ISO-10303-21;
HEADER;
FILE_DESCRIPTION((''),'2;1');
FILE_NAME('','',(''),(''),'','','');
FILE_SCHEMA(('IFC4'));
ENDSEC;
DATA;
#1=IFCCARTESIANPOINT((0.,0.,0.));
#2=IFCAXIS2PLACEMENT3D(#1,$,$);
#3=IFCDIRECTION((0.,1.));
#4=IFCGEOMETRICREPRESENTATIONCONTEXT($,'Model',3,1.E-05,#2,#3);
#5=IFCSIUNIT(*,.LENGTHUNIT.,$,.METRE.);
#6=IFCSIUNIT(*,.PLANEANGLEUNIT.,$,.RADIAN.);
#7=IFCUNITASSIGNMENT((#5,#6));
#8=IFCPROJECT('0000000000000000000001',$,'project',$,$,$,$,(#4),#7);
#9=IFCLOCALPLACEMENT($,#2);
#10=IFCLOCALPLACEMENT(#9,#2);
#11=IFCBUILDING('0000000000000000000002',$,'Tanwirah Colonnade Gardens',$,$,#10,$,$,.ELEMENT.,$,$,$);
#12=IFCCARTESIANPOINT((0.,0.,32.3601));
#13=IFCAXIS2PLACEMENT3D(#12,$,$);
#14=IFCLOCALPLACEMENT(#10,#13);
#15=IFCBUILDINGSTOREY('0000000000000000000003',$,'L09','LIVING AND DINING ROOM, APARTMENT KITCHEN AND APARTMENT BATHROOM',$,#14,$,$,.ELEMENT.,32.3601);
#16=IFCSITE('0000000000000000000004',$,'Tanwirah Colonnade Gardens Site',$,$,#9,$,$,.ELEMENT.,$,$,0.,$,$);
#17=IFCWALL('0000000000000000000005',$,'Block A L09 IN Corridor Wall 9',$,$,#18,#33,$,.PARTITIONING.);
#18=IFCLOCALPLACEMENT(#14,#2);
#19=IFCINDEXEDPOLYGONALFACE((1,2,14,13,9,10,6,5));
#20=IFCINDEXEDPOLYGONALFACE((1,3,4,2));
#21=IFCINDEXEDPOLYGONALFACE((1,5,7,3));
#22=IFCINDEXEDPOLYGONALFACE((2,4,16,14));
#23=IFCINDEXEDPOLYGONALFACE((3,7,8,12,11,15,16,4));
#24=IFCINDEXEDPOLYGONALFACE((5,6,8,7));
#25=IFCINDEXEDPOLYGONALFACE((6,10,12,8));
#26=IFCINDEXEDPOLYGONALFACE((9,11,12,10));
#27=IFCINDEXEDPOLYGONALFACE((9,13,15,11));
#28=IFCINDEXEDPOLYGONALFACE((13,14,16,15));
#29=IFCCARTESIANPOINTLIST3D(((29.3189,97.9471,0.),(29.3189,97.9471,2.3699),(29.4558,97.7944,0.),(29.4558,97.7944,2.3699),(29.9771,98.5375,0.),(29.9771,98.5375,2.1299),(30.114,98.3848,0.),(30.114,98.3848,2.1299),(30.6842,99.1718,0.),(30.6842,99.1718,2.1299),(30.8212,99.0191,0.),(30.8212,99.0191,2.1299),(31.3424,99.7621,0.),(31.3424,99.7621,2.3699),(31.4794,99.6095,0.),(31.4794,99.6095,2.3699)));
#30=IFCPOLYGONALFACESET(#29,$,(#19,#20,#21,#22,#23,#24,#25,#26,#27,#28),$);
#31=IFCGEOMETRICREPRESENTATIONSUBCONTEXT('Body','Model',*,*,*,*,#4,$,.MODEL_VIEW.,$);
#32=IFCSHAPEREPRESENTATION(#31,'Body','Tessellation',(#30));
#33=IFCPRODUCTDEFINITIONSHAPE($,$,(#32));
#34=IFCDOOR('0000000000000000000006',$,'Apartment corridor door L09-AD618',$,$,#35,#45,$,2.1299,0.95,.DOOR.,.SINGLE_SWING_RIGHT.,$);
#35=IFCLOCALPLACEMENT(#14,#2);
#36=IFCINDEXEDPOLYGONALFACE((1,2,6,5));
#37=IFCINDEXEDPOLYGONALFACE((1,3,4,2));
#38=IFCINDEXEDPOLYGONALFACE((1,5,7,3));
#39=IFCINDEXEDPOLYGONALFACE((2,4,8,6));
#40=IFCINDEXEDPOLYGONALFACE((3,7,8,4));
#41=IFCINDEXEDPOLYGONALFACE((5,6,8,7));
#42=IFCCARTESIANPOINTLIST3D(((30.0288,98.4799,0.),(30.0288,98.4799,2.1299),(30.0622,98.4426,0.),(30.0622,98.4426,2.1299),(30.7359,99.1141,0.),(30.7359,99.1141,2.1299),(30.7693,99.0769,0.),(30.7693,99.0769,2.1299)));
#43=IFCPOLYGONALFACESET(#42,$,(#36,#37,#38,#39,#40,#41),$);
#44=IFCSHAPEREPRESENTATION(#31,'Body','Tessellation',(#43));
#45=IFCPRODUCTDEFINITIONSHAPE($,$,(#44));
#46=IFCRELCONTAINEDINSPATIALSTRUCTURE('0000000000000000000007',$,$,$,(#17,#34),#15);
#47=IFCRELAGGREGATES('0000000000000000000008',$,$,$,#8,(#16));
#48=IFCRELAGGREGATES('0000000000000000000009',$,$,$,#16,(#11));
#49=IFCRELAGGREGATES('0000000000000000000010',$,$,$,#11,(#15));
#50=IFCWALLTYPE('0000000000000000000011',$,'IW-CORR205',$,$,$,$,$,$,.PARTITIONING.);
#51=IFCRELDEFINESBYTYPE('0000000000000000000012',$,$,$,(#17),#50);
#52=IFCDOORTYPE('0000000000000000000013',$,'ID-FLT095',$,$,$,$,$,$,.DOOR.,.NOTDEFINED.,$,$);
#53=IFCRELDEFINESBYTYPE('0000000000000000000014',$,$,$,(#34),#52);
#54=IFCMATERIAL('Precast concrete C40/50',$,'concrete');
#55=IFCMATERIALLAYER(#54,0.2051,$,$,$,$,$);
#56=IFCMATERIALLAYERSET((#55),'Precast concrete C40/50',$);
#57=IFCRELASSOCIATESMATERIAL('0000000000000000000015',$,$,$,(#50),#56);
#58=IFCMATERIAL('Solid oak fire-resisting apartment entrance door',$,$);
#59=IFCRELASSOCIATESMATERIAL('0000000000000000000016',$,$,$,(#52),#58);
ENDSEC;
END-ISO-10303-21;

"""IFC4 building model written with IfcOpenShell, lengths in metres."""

from ifc_helpers import new_model, si_unit, direction, frame, frame_2d, origin, place, context, subcontext, project, spatial, rectangle, extrude, material, layer, layer_set, type_object, element, fill, save


model = new_model("IFC4")

# Units and contexts
model_context = context("Model", 3, precision=1e-05, world=origin(), true_north=direction((0.0, 1.0)))
body_context = subcontext(model_context, "Body", "Model", "MODEL_VIEW")
ifc_project = project(units=[si_unit("LENGTHUNIT", "METRE"), si_unit("PLANEANGLEUNIT", "RADIAN")], contexts=[model_context])

# Site, building, storey
site_placement = place(None, origin())
site = spatial("IfcSite", under=ifc_project, at=site_placement, Name="Tanwirah Colonnade Gardens Site", CompositionType="ELEMENT", RefElevation=0.0)
building_placement = place(site_placement, origin())
building = spatial("IfcBuilding", under=site, at=building_placement, Name="Tanwirah Colonnade Gardens", CompositionType="ELEMENT")
storey_placement = place(building_placement, frame((0.0, 0.0, 32.3601)))
storey = spatial("IfcBuildingStorey", under=building, at=storey_placement, Name="L09", Description="LIVING AND DINING ROOM, APARTMENT KITCHEN AND APARTMENT BATHROOM", CompositionType="ELEMENT", Elevation=32.3601)

# Shared definitions
ifc_material_1 = material(Name="Precast concrete C40/50", Category="concrete")

# Wall, opening, door
ifc_layer = layer(ifc_material_1, 0.2051)
ifc_layer_set = layer_set([ifc_layer], Name="Precast concrete C40/50")
wall_type = type_object("IfcWallType", Name="IW-CORR205", PredefinedType="PARTITIONING", material=ifc_layer_set)
wall_1_placement = place(storey_placement, frame((31.4109, 99.6858, 0.0), z_axis=(0.0, 0.0, 1.0), x_axis=(-0.744419, -0.667713, 0.0)))
wall_1 = element("IfcWall", 1, at=wall_1_placement, inside=storey, type_object=wall_type, Name="Block A L09 IN Corridor Wall 9", PredefinedType="PARTITIONING", context=body_context, shape_type="SweptSolid", body=[
    extrude(rectangle(XDim=2.7183, YDim=0.2051, at=frame_2d((1.3591, 0.0))), origin(), (0.0, 0.0, 1.0), 2.3699),
])
opening_1_placement = place(wall_1_placement, frame((0.884, 0.0, 0.0)))
opening_1 = element("IfcOpeningElement", 2, at=opening_1_placement, cuts=wall_1, PredefinedType="OPENING", context=body_context, shape_type="SweptSolid", body=[
    extrude(rectangle(XDim=0.95, YDim=2.1299, at=frame_2d((0.4751, 1.0649))), frame((0.0, 0.1125, 0.0), z_axis=(0.0, -1.0, 0.0), x_axis=(1.0, 0.0, 0.0)), (0.0, 0.0, 1.0), 0.2251),
])
ifc_material_2 = material(Name="Solid oak fire-resisting apartment entrance door")
door_type_1 = type_object("IfcDoorType", Name="ID-FLT095", OperationType="NOTDEFINED", PredefinedType="DOOR", material=ifc_material_2)
door_1_placement = place(opening_1_placement, origin())
door_1 = element("IfcDoor", 3, at=door_1_placement, inside=storey, type_object=door_type_1, Name="Apartment corridor door L09-AD618", OperationType="SINGLE_SWING_RIGHT", OverallHeight=2.1299, OverallWidth=0.95, PredefinedType="DOOR", context=body_context, shape_type="SweptSolid", body=[
    extrude(rectangle(XDim=0.95, YDim=2.1299, at=frame_2d((0.4751, 1.0649))), frame((0.0, 0.0249, 0.0), z_axis=(0.0, -1.0, 0.0), x_axis=(1.0, 0.0, 0.0)), (0.0, 0.0, 1.0), 0.05),
])
fill(opening_1, door_1)

save(model, "model.ifc")
